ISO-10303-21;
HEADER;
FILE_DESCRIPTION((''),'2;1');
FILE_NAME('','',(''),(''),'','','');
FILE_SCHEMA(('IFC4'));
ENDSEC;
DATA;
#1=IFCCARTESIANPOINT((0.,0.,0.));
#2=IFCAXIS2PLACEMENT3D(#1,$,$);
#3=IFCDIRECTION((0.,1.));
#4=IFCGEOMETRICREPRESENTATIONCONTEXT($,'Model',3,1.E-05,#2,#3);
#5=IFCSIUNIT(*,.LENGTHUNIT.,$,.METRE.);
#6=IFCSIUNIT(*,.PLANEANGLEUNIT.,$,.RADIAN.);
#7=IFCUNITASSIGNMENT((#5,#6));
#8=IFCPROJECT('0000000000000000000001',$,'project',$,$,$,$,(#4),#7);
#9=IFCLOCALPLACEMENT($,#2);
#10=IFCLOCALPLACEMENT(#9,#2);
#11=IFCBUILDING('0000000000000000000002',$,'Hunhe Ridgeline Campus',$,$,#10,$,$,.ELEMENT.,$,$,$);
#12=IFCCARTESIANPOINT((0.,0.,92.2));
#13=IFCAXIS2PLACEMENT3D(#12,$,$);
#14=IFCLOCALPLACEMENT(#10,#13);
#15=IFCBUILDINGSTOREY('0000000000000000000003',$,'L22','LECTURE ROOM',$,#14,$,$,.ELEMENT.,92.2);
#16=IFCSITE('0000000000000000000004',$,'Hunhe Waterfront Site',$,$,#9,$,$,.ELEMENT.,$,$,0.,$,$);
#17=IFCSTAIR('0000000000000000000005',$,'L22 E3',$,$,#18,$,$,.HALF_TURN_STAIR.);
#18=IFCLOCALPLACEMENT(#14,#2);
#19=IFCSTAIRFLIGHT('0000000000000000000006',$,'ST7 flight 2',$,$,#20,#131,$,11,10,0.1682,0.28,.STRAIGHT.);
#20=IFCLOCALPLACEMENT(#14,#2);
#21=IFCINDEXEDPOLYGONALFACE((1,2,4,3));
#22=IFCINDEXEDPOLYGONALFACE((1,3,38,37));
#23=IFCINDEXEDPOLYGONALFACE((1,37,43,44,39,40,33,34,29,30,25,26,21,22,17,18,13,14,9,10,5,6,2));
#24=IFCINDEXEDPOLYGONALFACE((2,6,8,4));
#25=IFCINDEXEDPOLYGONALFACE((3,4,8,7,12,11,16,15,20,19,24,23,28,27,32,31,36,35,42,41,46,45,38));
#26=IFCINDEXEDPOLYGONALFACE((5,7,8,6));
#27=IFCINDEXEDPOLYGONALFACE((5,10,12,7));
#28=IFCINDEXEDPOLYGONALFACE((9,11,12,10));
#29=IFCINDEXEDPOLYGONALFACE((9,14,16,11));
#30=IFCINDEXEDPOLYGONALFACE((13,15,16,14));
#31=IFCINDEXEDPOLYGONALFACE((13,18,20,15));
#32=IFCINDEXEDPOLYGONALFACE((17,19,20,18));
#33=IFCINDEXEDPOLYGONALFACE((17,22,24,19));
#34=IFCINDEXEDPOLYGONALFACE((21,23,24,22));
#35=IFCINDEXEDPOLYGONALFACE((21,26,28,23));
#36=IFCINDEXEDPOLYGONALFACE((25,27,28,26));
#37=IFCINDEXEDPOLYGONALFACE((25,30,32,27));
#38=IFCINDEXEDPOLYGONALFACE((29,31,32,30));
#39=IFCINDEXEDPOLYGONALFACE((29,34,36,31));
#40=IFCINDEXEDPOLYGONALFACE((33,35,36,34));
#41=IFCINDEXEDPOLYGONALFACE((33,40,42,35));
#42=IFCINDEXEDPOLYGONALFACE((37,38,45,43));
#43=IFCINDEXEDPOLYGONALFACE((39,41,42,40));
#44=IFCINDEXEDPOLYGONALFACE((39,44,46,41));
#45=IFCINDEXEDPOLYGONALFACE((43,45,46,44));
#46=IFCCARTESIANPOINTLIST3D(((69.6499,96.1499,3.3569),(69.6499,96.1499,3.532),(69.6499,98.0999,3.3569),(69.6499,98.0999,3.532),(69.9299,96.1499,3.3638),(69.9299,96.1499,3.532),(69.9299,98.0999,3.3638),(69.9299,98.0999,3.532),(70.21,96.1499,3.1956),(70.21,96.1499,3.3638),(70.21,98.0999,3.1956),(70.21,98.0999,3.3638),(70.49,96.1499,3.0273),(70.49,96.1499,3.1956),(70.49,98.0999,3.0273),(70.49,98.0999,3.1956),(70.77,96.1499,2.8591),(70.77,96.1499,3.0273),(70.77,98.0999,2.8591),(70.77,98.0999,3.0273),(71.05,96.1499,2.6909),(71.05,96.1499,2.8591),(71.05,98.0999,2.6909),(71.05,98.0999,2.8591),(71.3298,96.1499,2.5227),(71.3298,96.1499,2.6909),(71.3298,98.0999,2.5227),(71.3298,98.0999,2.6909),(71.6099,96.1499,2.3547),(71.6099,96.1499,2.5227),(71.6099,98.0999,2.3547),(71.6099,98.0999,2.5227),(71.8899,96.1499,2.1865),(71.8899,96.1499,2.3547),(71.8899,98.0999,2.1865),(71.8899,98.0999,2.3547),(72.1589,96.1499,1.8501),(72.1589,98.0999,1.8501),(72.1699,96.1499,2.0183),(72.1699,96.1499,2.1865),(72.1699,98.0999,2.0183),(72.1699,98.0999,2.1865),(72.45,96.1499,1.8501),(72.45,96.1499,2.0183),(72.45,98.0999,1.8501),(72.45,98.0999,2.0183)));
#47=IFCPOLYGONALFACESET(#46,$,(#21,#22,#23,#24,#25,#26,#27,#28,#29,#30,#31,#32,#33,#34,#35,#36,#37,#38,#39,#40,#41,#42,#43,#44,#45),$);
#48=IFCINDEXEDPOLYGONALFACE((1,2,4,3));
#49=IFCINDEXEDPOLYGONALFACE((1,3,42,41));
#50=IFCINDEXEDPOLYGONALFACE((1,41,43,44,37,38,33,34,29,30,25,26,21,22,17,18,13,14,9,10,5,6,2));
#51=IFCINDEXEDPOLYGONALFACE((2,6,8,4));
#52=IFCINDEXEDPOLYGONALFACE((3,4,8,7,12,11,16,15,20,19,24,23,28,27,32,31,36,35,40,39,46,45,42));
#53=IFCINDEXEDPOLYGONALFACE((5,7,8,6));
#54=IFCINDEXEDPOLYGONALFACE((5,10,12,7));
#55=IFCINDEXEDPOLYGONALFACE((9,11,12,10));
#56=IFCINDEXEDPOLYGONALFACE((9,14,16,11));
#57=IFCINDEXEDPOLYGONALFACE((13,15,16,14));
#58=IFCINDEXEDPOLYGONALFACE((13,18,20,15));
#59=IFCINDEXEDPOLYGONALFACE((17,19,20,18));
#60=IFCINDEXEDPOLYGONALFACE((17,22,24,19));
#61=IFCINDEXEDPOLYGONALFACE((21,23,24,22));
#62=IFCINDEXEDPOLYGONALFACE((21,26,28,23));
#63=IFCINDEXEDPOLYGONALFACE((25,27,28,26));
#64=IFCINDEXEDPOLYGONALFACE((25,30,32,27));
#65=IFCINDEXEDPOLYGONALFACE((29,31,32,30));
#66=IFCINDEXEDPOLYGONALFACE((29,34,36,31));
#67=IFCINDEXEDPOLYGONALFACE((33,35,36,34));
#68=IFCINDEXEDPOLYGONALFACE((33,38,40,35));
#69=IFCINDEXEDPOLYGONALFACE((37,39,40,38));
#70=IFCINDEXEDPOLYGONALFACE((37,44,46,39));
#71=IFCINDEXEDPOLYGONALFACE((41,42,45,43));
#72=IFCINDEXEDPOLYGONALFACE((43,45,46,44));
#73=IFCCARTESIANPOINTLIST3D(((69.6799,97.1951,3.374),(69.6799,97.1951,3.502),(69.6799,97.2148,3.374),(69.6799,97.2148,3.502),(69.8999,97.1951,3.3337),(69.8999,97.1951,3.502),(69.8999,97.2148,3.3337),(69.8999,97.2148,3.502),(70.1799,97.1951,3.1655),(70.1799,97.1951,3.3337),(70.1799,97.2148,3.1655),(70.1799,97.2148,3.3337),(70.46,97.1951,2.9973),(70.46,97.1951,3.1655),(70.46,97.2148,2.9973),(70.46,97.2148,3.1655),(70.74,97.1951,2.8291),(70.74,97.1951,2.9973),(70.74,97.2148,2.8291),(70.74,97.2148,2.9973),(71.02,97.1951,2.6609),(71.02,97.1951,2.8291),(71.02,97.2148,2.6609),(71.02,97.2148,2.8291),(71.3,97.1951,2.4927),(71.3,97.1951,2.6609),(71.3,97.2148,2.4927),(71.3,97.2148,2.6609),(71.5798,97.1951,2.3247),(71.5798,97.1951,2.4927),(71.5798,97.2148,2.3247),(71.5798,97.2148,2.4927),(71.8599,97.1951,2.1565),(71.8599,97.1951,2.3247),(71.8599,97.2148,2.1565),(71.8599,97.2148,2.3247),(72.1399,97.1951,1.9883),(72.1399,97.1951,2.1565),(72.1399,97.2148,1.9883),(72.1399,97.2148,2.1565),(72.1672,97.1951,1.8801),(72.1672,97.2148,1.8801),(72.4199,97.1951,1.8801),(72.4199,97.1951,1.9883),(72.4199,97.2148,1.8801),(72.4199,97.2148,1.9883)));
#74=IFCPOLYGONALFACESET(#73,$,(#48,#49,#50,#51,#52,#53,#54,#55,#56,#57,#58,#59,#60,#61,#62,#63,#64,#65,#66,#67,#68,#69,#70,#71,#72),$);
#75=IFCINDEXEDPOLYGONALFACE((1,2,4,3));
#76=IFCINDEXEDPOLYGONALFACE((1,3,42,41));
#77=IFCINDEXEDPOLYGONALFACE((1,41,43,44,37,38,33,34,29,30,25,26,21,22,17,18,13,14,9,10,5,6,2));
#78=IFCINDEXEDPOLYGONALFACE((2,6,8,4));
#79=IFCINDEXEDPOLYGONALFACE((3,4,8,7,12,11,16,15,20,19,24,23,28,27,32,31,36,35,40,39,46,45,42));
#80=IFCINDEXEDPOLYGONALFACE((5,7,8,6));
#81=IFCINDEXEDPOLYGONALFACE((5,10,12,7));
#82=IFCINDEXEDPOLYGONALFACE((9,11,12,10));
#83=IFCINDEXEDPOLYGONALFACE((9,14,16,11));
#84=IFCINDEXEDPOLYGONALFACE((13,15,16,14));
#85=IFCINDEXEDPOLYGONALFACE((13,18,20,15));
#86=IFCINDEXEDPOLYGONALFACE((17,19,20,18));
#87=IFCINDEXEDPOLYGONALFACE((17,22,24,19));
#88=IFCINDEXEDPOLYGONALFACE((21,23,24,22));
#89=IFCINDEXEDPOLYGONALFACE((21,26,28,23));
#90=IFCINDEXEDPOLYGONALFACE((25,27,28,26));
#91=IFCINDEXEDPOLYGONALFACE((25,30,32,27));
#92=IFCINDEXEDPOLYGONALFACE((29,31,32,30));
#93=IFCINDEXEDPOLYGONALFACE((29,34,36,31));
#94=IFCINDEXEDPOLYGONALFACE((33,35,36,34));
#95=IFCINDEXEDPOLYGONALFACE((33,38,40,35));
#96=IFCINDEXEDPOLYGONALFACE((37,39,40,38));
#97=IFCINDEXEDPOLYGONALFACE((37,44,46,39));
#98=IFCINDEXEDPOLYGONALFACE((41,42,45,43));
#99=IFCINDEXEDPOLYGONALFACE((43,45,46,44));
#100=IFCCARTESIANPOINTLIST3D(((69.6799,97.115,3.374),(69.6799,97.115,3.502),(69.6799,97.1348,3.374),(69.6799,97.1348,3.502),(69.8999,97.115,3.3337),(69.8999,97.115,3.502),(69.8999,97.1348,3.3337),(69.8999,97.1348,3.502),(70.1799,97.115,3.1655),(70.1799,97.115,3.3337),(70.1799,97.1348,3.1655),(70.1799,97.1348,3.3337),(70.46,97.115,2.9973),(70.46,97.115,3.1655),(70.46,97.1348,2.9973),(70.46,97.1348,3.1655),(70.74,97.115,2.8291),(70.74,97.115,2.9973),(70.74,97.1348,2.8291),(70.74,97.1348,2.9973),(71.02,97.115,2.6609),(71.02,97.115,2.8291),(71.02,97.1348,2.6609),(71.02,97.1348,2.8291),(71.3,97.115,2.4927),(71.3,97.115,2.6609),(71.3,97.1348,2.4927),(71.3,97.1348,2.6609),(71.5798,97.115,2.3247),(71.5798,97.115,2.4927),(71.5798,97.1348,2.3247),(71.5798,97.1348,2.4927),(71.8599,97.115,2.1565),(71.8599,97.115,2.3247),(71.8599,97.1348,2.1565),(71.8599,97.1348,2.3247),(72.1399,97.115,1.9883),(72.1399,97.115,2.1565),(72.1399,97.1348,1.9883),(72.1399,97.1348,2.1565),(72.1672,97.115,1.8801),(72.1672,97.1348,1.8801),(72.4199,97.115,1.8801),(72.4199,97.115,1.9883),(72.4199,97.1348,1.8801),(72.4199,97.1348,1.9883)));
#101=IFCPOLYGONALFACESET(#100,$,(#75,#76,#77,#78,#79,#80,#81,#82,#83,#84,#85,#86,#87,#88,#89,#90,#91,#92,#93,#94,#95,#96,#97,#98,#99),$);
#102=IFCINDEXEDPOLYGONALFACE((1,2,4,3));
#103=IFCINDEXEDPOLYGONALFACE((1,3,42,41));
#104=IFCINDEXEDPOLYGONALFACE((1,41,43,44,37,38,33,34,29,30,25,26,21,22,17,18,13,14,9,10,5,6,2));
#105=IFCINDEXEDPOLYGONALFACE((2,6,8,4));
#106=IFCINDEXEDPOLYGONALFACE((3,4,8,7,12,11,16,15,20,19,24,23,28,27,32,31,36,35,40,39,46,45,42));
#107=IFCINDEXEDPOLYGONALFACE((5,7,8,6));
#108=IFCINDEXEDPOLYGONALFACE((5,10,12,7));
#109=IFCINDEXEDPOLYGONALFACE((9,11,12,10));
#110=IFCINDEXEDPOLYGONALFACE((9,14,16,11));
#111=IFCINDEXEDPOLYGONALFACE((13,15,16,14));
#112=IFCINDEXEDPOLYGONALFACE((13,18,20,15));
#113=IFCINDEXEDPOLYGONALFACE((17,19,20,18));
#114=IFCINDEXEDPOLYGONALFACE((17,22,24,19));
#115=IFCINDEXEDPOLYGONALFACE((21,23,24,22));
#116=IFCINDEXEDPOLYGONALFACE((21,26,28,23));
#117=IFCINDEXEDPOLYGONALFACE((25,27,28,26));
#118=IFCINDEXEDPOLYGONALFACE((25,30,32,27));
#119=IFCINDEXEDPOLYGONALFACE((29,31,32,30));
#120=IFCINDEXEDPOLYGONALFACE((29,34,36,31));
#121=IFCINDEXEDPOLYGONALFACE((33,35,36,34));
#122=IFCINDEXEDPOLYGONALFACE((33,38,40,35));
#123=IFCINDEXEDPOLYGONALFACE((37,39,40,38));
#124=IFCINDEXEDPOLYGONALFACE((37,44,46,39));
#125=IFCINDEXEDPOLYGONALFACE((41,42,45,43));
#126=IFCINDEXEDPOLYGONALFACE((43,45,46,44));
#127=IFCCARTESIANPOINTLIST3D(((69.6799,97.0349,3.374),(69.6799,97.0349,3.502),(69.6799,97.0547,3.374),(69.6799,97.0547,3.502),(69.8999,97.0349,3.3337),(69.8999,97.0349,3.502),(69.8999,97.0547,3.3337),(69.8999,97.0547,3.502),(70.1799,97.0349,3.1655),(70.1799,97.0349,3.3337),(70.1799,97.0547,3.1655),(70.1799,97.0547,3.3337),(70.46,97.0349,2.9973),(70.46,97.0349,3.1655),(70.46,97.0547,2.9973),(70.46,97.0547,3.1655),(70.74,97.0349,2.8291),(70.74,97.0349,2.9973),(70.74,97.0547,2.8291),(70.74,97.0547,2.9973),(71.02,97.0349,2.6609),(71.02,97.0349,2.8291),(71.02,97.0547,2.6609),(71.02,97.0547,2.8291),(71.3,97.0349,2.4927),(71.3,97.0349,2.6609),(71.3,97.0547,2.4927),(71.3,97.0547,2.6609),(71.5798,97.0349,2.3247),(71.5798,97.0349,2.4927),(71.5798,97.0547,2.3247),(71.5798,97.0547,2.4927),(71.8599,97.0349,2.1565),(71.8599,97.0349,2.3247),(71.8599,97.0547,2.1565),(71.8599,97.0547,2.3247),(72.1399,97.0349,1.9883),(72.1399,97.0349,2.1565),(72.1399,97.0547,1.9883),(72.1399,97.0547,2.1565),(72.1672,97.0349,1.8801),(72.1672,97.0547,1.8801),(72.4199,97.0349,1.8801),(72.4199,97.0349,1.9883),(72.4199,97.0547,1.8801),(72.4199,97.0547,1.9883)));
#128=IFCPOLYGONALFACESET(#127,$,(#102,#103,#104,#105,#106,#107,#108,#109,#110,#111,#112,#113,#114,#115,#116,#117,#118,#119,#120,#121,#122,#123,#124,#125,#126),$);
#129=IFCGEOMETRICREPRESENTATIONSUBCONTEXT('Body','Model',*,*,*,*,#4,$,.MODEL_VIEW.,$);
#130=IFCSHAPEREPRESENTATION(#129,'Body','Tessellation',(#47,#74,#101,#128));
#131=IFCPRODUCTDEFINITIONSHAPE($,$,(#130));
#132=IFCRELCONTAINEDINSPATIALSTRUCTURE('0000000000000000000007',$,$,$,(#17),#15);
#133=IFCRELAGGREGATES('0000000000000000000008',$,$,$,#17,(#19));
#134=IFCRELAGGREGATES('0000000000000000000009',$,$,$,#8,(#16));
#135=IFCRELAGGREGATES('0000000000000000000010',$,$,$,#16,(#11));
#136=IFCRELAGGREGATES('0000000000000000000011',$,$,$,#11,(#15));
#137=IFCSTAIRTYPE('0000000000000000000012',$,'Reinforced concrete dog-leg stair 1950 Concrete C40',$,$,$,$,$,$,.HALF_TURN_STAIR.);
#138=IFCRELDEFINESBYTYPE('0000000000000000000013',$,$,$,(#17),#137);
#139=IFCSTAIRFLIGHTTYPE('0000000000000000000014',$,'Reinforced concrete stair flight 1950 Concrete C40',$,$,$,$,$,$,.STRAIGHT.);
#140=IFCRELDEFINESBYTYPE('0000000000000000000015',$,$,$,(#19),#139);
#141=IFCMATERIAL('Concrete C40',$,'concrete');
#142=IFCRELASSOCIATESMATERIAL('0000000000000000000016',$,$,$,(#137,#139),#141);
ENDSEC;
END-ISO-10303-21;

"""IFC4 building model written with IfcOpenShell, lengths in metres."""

from ifc_helpers import new_model, si_unit, direction, frame, origin, place, context, subcontext, project, spatial, polyline, outline, extrude, material, type_object, element, aggregate, save


model = new_model("IFC4")

# Units and contexts
model_context = context("Model", 3, precision=1e-05, world=origin(), true_north=direction((0.0, 1.0)))
body_context = subcontext(model_context, "Body", "Model", "MODEL_VIEW")
ifc_project = project(units=[si_unit("LENGTHUNIT", "METRE"), si_unit("PLANEANGLEUNIT", "RADIAN")], contexts=[model_context])

# Site, building, storey
site_placement = place(None, origin())
site = spatial("IfcSite", under=ifc_project, at=site_placement, Name="Hunhe Waterfront Site", CompositionType="ELEMENT", RefElevation=0.0)
building_placement = place(site_placement, origin())
building = spatial("IfcBuilding", under=site, at=building_placement, Name="Hunhe Ridgeline Campus", CompositionType="ELEMENT")
storey_placement = place(building_placement, frame((0.0, 0.0, 92.2)))
storey = spatial("IfcBuildingStorey", under=building, at=storey_placement, Name="L22", Description="LECTURE ROOM", CompositionType="ELEMENT", Elevation=92.2)

# Stair, stair flight
ifc_material_1 = material(Name="Concrete C40", Category="concrete")
stair_type = type_object("IfcStairType", Name="Reinforced concrete dog-leg stair 1950 Concrete C40", PredefinedType="HALF_TURN_STAIR", material=ifc_material_1)
stair_placement = place(storey_placement, origin())
stair = element("IfcStair", 1, at=stair_placement, inside=storey, type_object=stair_type, Name="L22 E3", PredefinedType="HALF_TURN_STAIR")
stair_flight_type = type_object("IfcStairFlightType", Name="Reinforced concrete stair flight 1950 Concrete C40", PredefinedType="STRAIGHT", material=ifc_material_1)
stair_flight_placement = place(storey_placement, frame((72.45, 97.125, 1.8501), z_axis=(0.0, 0.0, 1.0), x_axis=(-1.0, 0.0, 0.0)))
stair_flight = element("IfcStairFlight", 2, at=stair_flight_placement, type_object=stair_flight_type, Name="ST7 flight 2", NumberOfRisers=11, NumberOfTreads=10, PredefinedType="STRAIGHT", RiserHeight=0.1682, TreadLength=0.28, context=body_context, shape_type="SweptSolid", body=[
    extrude(outline(polyline([(0.0, 0.0), (0.0, 0.1682), (0.28, 0.1682), (0.28, 0.3364), (0.5601, 0.3364), (0.5601, 0.5046), (0.8401, 0.5046), (0.8401, 0.6726), (1.1201, 0.6726), (1.1201, 0.8408), (1.3999, 0.8408), (1.3999, 1.009), (1.6799, 1.009), (1.6799, 1.1772), (1.96, 1.1772), (1.96, 1.3455), (2.24, 1.3455), (2.24, 1.5137), (2.52, 1.5137), (2.52, 1.6819), (2.8, 1.6819), (2.8, 1.8501), (2.8, 1.5068), (0.291, 0.0), (0.0, 0.0)])), frame((0.0, 0.9751, 0.0), z_axis=(0.0, -1.0, 0.0), x_axis=(1.0, 0.0, 0.0)), (0.0, 0.0, 1.0), 1.95),
    extrude(outline(polyline([(0.03, 0.03), (0.03, 0.1382), (0.3101, 0.1382), (0.3101, 0.3064), (0.5901, 0.3064), (0.5901, 0.4746), (0.8701, 0.4746), (0.8701, 0.6426), (1.1499, 0.6426), (1.1499, 0.8108), (1.4299, 0.8108), (1.4299, 0.979), (1.71, 0.979), (1.71, 1.1472), (1.99, 1.1472), (1.99, 1.3154), (2.27, 1.3154), (2.27, 1.4836), (2.55, 1.4836), (2.55, 1.6519), (2.77, 1.6519), (2.77, 1.5239), (0.2827, 0.03), (0.03, 0.03)])), frame((0.0, -0.0701, 0.0), z_axis=(0.0, -1.0, 0.0), x_axis=(1.0, 0.0, 0.0)), (0.0, 0.0, 1.0), 0.0198),
    extrude(outline(polyline([(0.03, 0.03), (0.03, 0.1382), (0.3101, 0.1382), (0.3101, 0.3064), (0.5901, 0.3064), (0.5901, 0.4746), (0.8701, 0.4746), (0.8701, 0.6426), (1.1499, 0.6426), (1.1499, 0.8108), (1.4299, 0.8108), (1.4299, 0.979), (1.71, 0.979), (1.71, 1.1472), (1.99, 1.1472), (1.99, 1.3154), (2.27, 1.3154), (2.27, 1.4836), (2.55, 1.4836), (2.55, 1.6519), (2.77, 1.6519), (2.77, 1.5239), (0.2827, 0.03), (0.03, 0.03)])), frame((0.0, 0.01, 0.0), z_axis=(0.0, -1.0, 0.0), x_axis=(1.0, 0.0, 0.0)), (0.0, 0.0, 1.0), 0.0198),
    extrude(outline(polyline([(0.03, 0.03), (0.03, 0.1382), (0.3101, 0.1382), (0.3101, 0.3064), (0.5901, 0.3064), (0.5901, 0.4746), (0.8701, 0.4746), (0.8701, 0.6426), (1.1499, 0.6426), (1.1499, 0.8108), (1.4299, 0.8108), (1.4299, 0.979), (1.71, 0.979), (1.71, 1.1472), (1.99, 1.1472), (1.99, 1.3154), (2.27, 1.3154), (2.27, 1.4836), (2.55, 1.4836), (2.55, 1.6519), (2.77, 1.6519), (2.77, 1.5239), (0.2827, 0.03), (0.03, 0.03)])), frame((0.0, 0.0901, 0.0), z_axis=(0.0, -1.0, 0.0), x_axis=(1.0, 0.0, 0.0)), (0.0, 0.0, 1.0), 0.0198),
])
aggregate(stair, [stair_flight])

save(model, "model.ifc")
